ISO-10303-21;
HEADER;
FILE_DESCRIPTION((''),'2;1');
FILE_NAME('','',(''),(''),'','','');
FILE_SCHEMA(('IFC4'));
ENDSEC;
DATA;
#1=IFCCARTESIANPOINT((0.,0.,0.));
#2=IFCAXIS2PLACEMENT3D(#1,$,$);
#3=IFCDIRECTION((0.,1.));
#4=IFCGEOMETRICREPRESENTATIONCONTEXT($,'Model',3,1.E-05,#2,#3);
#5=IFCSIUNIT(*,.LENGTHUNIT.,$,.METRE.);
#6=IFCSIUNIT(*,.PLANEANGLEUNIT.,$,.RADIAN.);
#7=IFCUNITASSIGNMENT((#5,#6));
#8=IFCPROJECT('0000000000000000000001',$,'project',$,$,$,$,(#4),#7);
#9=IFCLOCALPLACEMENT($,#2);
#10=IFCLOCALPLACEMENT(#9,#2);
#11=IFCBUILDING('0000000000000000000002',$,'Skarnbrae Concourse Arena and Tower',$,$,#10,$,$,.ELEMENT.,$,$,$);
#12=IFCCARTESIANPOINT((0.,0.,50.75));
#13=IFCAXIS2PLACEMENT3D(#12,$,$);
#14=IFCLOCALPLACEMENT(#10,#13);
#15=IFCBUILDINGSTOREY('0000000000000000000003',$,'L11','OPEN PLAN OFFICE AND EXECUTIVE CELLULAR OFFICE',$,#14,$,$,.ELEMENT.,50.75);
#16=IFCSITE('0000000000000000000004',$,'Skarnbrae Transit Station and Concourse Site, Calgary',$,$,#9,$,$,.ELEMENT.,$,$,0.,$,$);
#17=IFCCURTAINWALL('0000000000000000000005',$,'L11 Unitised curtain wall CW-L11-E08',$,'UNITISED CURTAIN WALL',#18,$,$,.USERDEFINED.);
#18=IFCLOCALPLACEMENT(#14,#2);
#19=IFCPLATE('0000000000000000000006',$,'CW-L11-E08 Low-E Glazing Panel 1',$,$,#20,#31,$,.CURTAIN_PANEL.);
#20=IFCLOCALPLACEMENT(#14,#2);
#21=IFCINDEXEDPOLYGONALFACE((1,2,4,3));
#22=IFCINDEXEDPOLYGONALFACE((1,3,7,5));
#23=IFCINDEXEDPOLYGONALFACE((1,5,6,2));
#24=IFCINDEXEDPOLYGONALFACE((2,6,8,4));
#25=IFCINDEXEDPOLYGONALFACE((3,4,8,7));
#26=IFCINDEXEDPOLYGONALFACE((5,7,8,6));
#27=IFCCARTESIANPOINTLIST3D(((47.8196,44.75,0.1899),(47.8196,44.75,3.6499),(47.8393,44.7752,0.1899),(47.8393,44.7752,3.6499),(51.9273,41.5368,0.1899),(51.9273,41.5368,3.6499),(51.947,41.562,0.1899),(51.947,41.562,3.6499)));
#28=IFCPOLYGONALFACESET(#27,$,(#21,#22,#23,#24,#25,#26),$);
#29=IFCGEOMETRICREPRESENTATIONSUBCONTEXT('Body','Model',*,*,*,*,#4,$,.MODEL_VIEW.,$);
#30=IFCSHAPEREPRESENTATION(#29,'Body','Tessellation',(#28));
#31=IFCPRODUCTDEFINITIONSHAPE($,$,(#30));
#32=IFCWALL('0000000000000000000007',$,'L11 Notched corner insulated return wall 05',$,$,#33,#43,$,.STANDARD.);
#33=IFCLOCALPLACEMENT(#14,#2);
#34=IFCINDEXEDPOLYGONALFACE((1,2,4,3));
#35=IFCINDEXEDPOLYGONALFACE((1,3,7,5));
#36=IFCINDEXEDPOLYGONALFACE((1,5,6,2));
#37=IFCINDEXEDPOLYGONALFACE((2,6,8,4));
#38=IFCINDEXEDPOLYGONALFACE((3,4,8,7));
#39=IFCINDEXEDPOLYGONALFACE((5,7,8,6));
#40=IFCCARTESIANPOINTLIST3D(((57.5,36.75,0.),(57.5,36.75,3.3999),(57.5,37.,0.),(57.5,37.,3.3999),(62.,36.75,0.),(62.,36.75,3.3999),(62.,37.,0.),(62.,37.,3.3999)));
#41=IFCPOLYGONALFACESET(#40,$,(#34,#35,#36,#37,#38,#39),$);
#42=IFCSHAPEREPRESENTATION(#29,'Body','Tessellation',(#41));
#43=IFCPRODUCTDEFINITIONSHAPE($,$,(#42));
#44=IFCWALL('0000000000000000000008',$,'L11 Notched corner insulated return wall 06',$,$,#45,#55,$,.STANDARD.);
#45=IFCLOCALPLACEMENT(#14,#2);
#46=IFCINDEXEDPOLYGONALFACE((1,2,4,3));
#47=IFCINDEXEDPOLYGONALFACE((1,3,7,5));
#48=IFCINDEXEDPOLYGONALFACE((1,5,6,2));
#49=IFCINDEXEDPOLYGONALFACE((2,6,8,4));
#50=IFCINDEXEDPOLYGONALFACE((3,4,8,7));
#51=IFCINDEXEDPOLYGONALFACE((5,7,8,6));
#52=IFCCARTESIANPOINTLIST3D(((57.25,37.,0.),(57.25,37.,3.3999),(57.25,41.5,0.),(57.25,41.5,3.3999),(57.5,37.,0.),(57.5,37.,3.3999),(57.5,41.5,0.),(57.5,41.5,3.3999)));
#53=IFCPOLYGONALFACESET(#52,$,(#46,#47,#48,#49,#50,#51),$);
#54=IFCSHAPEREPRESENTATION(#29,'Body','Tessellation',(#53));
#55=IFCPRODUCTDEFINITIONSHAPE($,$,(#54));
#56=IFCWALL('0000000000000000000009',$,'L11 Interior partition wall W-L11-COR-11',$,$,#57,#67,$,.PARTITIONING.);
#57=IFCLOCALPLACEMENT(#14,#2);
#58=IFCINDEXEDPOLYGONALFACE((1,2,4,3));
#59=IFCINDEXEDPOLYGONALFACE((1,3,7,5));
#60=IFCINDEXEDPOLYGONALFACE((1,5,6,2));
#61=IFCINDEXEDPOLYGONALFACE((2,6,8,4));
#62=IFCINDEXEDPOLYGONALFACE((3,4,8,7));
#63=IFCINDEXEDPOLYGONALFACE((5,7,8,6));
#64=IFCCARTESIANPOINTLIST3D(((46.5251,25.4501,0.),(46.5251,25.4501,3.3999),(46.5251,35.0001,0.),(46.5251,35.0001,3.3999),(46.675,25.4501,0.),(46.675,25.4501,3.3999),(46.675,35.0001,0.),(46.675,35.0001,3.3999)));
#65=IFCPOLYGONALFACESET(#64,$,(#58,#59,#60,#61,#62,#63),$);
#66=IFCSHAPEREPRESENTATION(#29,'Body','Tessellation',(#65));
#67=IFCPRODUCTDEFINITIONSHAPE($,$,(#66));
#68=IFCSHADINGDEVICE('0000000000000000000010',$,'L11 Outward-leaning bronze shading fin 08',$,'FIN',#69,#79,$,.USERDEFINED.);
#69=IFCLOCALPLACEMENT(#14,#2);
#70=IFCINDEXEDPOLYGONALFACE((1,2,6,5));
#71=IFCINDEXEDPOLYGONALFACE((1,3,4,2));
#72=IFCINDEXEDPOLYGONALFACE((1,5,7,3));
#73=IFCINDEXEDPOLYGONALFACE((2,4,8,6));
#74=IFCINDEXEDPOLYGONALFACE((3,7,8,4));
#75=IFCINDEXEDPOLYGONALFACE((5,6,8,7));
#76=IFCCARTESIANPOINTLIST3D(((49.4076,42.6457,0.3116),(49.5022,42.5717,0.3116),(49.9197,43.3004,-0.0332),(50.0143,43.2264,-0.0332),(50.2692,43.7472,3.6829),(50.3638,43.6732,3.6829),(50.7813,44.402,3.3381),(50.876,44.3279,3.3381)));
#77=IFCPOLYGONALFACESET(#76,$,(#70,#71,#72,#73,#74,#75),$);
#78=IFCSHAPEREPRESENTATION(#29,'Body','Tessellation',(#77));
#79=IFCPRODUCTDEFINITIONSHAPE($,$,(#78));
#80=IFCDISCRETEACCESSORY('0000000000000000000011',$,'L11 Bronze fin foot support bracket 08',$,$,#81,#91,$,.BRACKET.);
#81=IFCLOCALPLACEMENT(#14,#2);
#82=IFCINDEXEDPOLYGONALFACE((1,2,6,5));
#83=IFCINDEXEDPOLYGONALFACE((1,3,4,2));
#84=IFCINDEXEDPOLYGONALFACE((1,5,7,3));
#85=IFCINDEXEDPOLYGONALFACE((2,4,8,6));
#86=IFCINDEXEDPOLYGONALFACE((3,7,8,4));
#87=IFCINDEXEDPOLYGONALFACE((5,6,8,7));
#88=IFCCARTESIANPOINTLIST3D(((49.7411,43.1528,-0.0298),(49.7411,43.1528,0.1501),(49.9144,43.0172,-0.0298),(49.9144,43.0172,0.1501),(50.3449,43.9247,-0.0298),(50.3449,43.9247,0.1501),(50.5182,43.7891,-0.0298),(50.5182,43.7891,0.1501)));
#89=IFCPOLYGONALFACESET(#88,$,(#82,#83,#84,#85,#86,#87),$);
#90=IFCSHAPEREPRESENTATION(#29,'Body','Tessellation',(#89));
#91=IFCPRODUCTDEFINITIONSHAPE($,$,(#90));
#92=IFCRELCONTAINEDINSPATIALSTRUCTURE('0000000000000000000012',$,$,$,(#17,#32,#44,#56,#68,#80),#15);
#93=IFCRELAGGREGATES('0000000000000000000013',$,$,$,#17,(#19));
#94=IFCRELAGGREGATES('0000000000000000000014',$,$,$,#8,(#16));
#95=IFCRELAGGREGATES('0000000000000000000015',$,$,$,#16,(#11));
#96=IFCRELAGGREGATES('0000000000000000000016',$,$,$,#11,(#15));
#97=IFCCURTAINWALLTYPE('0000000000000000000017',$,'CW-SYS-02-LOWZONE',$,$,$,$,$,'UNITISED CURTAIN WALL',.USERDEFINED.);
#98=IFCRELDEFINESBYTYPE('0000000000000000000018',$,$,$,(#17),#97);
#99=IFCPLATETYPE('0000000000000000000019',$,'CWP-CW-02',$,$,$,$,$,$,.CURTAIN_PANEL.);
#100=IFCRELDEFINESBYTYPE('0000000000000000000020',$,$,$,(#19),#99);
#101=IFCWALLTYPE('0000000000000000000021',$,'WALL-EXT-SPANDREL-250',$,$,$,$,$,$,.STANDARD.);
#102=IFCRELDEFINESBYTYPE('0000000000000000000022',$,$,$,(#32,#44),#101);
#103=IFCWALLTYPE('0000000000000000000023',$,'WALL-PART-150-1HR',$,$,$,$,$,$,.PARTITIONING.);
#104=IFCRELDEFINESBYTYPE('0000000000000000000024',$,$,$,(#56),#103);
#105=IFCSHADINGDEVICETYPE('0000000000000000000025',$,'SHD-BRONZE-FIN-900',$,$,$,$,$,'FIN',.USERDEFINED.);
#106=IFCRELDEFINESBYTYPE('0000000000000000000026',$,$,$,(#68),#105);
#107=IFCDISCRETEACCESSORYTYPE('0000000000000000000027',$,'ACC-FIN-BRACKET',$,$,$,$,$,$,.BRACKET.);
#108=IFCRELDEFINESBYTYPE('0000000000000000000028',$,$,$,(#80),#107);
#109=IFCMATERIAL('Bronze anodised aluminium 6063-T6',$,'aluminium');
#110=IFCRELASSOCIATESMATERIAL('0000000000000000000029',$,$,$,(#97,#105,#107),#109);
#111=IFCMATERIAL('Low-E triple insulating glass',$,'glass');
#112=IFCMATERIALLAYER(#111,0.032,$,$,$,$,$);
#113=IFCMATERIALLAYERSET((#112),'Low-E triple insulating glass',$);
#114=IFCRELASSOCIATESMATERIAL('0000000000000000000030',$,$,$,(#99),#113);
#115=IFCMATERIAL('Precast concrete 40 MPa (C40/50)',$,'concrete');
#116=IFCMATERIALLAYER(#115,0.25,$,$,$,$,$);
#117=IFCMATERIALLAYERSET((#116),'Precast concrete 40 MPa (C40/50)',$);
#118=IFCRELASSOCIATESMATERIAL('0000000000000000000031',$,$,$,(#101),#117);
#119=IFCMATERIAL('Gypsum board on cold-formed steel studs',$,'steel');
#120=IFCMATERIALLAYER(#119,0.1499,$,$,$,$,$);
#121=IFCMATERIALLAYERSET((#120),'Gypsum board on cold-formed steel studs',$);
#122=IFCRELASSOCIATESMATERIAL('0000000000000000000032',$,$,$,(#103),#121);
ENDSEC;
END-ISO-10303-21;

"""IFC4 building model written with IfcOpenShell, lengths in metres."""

from ifc_helpers import new_model, si_unit, direction, frame, frame_2d, origin, origin_2d, place, context, subcontext, project, spatial, rectangle, extrude, source, transform, mapped, material, layer, layer_set, type_object, element, aggregate, save


model = new_model("IFC4")

# Units and contexts
model_context = context("Model", 3, precision=1e-05, world=origin(), true_north=direction((0.0, 1.0)))
body_context = subcontext(model_context, "Body", "Model", "MODEL_VIEW")
ifc_project = project(units=[si_unit("LENGTHUNIT", "METRE"), si_unit("PLANEANGLEUNIT", "RADIAN")], contexts=[model_context])

# Site, building, storey
site_placement = place(None, origin())
site = spatial("IfcSite", under=ifc_project, at=site_placement, Name="Skarnbrae Transit Station and Concourse Site, Calgary", CompositionType="ELEMENT", RefElevation=0.0)
building_placement = place(site_placement, origin())
building = spatial("IfcBuilding", under=site, at=building_placement, Name="Skarnbrae Concourse Arena and Tower", CompositionType="ELEMENT")
storey_placement = place(building_placement, frame((0.0, 0.0, 50.75)))
storey = spatial("IfcBuildingStorey", under=building, at=storey_placement, Name="L11", Description="OPEN PLAN OFFICE AND EXECUTIVE CELLULAR OFFICE", CompositionType="ELEMENT", Elevation=50.75)

# Shared definitions
ifc_material_1 = material(Name="Bronze anodised aluminium 6063-T6", Category="aluminium")
curtain_wall_type_1 = type_object("IfcCurtainWallType", Name="CW-SYS-02-LOWZONE", ElementType="UNITISED CURTAIN WALL", PredefinedType="USERDEFINED", material=ifc_material_1)

# Curtain wall
curtain_wall_1_placement = place(storey_placement, origin())
curtain_wall_1 = element("IfcCurtainWall", 1, at=curtain_wall_1_placement, inside=storey, type_object=curtain_wall_type_1, Name="L11 Unitised curtain wall CW-L11-E08", ObjectType="UNITISED CURTAIN WALL", PredefinedType="USERDEFINED")

# Plate
ifc_material_2 = material(Name="Low-E triple insulating glass", Category="glass")
ifc_layer_1 = layer(ifc_material_2, 0.032)
ifc_layer_set_1 = layer_set([ifc_layer_1], Name="Low-E triple insulating glass")
plate_type = type_object("IfcPlateType", Name="CWP-CW-02", PredefinedType="CURTAIN_PANEL", material=ifc_layer_set_1)
shared_shape_1 = source(origin(), body_context, "Body", "SweptSolid", [
    extrude(rectangle(XDim=5.2151, YDim=0.032, at=origin_2d()), origin(), (0.0, 0.0, 1.0), 3.46),
])
plate_1_placement = place(storey_placement, frame((49.8833, 43.156, 0.1899), z_axis=(0.0, 0.0, 1.0), x_axis=(-0.787652, 0.616121, 0.0)))
plate_1 = element("IfcPlate", 2, at=plate_1_placement, type_object=plate_type, Name="CW-L11-E08 Low-E Glazing Panel 1", PredefinedType="CURTAIN_PANEL", context=body_context, shape_type="MappedRepresentation", body=[
    mapped(shared_shape_1, transform((0.0, 0.0, 0.0))),
])
aggregate(curtain_wall_1, [plate_1])

# Walls
ifc_material_3 = material(Name="Precast concrete 40 MPa (C40/50)", Category="concrete")
ifc_layer_2 = layer(ifc_material_3, 0.25)
ifc_layer_set_2 = layer_set([ifc_layer_2], Name="Precast concrete 40 MPa (C40/50)")
wall_type_1 = type_object("IfcWallType", Name="WALL-EXT-SPANDREL-250", PredefinedType="STANDARD", material=ifc_layer_set_2)
shared_shape_2 = source(origin(), body_context, "Body", "SweptSolid", [
    extrude(rectangle(XDim=4.5, YDim=0.25, at=frame_2d((2.25, 0.0))), origin(), (0.0, 0.0, 1.0), 3.3999),
])
for number, where, z_axis, x_axis, name in (
    (3, (62.0, 36.875, 0.0), (0.0, 0.0, 1.0), (-1.0, 0.0, 0.0), "L11 Notched corner insulated return wall 05"),
    (4, (57.375, 37.0, 0.0), (0.0, 0.0, 1.0), (0.0, 1.0, 0.0), "L11 Notched corner insulated return wall 06"),
):
    element("IfcWall", number, at=place(storey_placement, frame(where, z_axis=z_axis, x_axis=x_axis)), inside=storey, type_object=wall_type_1, Name=name, PredefinedType="STANDARD", context=body_context, shape_type="MappedRepresentation", body=[
        mapped(shared_shape_2, transform((0.0, 0.0, 0.0))),
    ])
ifc_material_4 = material(Name="Gypsum board on cold-formed steel studs", Category="steel")
ifc_layer_3 = layer(ifc_material_4, 0.1499)
ifc_layer_set_3 = layer_set([ifc_layer_3], Name="Gypsum board on cold-formed steel studs")
wall_type_2 = type_object("IfcWallType", Name="WALL-PART-150-1HR", PredefinedType="PARTITIONING", material=ifc_layer_set_3)
shared_shape_3 = source(origin(), body_context, "Body", "SweptSolid", [
    extrude(rectangle(XDim=9.55, YDim=0.1499, at=frame_2d((4.7749, 0.0))), origin(), (0.0, 0.0, 1.0), 3.3999),
])
wall_placement = place(storey_placement, frame((46.6001, 35.0, 0.0), z_axis=(0.0, 0.0, 1.0), x_axis=(0.0, -1.0, 0.0)))
element("IfcWall", 5, at=wall_placement, inside=storey, type_object=wall_type_2, Name="L11 Interior partition wall W-L11-COR-11", PredefinedType="PARTITIONING", context=body_context, shape_type="MappedRepresentation", body=[
    mapped(shared_shape_3, transform((0.0, 0.0, 0.0))),
])

# Shading device
shading_device_type = type_object("IfcShadingDeviceType", Name="SHD-BRONZE-FIN-900", ElementType="FIN", PredefinedType="USERDEFINED", material=ifc_material_1)
shared_shape_4 = source(origin(), body_context, "Body", "SweptSolid", [
    extrude(rectangle(XDim=0.1201, YDim=0.8999, at=origin_2d()), origin(), (0.0, 0.0, 1.0), 3.6499),
])
shading_device_placement = place(storey_placement, frame((49.7109, 42.936, 0.1392), z_axis=(0.236075, 0.301804, 0.923679), x_axis=(0.787656, -0.616115, 0.0)))
element("IfcShadingDevice", 6, at=shading_device_placement, inside=storey, type_object=shading_device_type, Name="L11 Outward-leaning bronze shading fin 08", ObjectType="FIN", PredefinedType="USERDEFINED", context=body_context, shape_type="MappedRepresentation", body=[
    mapped(shared_shape_4, transform((0.0, 0.0, 0.0))),
])

# Discrete accessory
discrete_accessory_type = type_object("IfcDiscreteAccessoryType", Name="ACC-FIN-BRACKET", PredefinedType="BRACKET", material=ifc_material_1)
shared_shape_5 = source(origin(), body_context, "Body", "SweptSolid", [
    extrude(rectangle(XDim=0.22, YDim=0.98, at=origin_2d()), origin(), (0.0, 0.0, 1.0), 0.1799),
])
discrete_accessory_placement = place(storey_placement, frame((50.1296, 43.4709, -0.0298), z_axis=(0.0, 0.0, 1.0), x_axis=(0.787656, -0.616115, 0.0)))
element("IfcDiscreteAccessory", 7, at=discrete_accessory_placement, inside=storey, type_object=discrete_accessory_type, Name="L11 Bronze fin foot support bracket 08", PredefinedType="BRACKET", context=body_context, shape_type="MappedRepresentation", body=[
    mapped(shared_shape_5, transform((0.0, 0.0, 0.0))),
])

save(model, "model.ifc")
